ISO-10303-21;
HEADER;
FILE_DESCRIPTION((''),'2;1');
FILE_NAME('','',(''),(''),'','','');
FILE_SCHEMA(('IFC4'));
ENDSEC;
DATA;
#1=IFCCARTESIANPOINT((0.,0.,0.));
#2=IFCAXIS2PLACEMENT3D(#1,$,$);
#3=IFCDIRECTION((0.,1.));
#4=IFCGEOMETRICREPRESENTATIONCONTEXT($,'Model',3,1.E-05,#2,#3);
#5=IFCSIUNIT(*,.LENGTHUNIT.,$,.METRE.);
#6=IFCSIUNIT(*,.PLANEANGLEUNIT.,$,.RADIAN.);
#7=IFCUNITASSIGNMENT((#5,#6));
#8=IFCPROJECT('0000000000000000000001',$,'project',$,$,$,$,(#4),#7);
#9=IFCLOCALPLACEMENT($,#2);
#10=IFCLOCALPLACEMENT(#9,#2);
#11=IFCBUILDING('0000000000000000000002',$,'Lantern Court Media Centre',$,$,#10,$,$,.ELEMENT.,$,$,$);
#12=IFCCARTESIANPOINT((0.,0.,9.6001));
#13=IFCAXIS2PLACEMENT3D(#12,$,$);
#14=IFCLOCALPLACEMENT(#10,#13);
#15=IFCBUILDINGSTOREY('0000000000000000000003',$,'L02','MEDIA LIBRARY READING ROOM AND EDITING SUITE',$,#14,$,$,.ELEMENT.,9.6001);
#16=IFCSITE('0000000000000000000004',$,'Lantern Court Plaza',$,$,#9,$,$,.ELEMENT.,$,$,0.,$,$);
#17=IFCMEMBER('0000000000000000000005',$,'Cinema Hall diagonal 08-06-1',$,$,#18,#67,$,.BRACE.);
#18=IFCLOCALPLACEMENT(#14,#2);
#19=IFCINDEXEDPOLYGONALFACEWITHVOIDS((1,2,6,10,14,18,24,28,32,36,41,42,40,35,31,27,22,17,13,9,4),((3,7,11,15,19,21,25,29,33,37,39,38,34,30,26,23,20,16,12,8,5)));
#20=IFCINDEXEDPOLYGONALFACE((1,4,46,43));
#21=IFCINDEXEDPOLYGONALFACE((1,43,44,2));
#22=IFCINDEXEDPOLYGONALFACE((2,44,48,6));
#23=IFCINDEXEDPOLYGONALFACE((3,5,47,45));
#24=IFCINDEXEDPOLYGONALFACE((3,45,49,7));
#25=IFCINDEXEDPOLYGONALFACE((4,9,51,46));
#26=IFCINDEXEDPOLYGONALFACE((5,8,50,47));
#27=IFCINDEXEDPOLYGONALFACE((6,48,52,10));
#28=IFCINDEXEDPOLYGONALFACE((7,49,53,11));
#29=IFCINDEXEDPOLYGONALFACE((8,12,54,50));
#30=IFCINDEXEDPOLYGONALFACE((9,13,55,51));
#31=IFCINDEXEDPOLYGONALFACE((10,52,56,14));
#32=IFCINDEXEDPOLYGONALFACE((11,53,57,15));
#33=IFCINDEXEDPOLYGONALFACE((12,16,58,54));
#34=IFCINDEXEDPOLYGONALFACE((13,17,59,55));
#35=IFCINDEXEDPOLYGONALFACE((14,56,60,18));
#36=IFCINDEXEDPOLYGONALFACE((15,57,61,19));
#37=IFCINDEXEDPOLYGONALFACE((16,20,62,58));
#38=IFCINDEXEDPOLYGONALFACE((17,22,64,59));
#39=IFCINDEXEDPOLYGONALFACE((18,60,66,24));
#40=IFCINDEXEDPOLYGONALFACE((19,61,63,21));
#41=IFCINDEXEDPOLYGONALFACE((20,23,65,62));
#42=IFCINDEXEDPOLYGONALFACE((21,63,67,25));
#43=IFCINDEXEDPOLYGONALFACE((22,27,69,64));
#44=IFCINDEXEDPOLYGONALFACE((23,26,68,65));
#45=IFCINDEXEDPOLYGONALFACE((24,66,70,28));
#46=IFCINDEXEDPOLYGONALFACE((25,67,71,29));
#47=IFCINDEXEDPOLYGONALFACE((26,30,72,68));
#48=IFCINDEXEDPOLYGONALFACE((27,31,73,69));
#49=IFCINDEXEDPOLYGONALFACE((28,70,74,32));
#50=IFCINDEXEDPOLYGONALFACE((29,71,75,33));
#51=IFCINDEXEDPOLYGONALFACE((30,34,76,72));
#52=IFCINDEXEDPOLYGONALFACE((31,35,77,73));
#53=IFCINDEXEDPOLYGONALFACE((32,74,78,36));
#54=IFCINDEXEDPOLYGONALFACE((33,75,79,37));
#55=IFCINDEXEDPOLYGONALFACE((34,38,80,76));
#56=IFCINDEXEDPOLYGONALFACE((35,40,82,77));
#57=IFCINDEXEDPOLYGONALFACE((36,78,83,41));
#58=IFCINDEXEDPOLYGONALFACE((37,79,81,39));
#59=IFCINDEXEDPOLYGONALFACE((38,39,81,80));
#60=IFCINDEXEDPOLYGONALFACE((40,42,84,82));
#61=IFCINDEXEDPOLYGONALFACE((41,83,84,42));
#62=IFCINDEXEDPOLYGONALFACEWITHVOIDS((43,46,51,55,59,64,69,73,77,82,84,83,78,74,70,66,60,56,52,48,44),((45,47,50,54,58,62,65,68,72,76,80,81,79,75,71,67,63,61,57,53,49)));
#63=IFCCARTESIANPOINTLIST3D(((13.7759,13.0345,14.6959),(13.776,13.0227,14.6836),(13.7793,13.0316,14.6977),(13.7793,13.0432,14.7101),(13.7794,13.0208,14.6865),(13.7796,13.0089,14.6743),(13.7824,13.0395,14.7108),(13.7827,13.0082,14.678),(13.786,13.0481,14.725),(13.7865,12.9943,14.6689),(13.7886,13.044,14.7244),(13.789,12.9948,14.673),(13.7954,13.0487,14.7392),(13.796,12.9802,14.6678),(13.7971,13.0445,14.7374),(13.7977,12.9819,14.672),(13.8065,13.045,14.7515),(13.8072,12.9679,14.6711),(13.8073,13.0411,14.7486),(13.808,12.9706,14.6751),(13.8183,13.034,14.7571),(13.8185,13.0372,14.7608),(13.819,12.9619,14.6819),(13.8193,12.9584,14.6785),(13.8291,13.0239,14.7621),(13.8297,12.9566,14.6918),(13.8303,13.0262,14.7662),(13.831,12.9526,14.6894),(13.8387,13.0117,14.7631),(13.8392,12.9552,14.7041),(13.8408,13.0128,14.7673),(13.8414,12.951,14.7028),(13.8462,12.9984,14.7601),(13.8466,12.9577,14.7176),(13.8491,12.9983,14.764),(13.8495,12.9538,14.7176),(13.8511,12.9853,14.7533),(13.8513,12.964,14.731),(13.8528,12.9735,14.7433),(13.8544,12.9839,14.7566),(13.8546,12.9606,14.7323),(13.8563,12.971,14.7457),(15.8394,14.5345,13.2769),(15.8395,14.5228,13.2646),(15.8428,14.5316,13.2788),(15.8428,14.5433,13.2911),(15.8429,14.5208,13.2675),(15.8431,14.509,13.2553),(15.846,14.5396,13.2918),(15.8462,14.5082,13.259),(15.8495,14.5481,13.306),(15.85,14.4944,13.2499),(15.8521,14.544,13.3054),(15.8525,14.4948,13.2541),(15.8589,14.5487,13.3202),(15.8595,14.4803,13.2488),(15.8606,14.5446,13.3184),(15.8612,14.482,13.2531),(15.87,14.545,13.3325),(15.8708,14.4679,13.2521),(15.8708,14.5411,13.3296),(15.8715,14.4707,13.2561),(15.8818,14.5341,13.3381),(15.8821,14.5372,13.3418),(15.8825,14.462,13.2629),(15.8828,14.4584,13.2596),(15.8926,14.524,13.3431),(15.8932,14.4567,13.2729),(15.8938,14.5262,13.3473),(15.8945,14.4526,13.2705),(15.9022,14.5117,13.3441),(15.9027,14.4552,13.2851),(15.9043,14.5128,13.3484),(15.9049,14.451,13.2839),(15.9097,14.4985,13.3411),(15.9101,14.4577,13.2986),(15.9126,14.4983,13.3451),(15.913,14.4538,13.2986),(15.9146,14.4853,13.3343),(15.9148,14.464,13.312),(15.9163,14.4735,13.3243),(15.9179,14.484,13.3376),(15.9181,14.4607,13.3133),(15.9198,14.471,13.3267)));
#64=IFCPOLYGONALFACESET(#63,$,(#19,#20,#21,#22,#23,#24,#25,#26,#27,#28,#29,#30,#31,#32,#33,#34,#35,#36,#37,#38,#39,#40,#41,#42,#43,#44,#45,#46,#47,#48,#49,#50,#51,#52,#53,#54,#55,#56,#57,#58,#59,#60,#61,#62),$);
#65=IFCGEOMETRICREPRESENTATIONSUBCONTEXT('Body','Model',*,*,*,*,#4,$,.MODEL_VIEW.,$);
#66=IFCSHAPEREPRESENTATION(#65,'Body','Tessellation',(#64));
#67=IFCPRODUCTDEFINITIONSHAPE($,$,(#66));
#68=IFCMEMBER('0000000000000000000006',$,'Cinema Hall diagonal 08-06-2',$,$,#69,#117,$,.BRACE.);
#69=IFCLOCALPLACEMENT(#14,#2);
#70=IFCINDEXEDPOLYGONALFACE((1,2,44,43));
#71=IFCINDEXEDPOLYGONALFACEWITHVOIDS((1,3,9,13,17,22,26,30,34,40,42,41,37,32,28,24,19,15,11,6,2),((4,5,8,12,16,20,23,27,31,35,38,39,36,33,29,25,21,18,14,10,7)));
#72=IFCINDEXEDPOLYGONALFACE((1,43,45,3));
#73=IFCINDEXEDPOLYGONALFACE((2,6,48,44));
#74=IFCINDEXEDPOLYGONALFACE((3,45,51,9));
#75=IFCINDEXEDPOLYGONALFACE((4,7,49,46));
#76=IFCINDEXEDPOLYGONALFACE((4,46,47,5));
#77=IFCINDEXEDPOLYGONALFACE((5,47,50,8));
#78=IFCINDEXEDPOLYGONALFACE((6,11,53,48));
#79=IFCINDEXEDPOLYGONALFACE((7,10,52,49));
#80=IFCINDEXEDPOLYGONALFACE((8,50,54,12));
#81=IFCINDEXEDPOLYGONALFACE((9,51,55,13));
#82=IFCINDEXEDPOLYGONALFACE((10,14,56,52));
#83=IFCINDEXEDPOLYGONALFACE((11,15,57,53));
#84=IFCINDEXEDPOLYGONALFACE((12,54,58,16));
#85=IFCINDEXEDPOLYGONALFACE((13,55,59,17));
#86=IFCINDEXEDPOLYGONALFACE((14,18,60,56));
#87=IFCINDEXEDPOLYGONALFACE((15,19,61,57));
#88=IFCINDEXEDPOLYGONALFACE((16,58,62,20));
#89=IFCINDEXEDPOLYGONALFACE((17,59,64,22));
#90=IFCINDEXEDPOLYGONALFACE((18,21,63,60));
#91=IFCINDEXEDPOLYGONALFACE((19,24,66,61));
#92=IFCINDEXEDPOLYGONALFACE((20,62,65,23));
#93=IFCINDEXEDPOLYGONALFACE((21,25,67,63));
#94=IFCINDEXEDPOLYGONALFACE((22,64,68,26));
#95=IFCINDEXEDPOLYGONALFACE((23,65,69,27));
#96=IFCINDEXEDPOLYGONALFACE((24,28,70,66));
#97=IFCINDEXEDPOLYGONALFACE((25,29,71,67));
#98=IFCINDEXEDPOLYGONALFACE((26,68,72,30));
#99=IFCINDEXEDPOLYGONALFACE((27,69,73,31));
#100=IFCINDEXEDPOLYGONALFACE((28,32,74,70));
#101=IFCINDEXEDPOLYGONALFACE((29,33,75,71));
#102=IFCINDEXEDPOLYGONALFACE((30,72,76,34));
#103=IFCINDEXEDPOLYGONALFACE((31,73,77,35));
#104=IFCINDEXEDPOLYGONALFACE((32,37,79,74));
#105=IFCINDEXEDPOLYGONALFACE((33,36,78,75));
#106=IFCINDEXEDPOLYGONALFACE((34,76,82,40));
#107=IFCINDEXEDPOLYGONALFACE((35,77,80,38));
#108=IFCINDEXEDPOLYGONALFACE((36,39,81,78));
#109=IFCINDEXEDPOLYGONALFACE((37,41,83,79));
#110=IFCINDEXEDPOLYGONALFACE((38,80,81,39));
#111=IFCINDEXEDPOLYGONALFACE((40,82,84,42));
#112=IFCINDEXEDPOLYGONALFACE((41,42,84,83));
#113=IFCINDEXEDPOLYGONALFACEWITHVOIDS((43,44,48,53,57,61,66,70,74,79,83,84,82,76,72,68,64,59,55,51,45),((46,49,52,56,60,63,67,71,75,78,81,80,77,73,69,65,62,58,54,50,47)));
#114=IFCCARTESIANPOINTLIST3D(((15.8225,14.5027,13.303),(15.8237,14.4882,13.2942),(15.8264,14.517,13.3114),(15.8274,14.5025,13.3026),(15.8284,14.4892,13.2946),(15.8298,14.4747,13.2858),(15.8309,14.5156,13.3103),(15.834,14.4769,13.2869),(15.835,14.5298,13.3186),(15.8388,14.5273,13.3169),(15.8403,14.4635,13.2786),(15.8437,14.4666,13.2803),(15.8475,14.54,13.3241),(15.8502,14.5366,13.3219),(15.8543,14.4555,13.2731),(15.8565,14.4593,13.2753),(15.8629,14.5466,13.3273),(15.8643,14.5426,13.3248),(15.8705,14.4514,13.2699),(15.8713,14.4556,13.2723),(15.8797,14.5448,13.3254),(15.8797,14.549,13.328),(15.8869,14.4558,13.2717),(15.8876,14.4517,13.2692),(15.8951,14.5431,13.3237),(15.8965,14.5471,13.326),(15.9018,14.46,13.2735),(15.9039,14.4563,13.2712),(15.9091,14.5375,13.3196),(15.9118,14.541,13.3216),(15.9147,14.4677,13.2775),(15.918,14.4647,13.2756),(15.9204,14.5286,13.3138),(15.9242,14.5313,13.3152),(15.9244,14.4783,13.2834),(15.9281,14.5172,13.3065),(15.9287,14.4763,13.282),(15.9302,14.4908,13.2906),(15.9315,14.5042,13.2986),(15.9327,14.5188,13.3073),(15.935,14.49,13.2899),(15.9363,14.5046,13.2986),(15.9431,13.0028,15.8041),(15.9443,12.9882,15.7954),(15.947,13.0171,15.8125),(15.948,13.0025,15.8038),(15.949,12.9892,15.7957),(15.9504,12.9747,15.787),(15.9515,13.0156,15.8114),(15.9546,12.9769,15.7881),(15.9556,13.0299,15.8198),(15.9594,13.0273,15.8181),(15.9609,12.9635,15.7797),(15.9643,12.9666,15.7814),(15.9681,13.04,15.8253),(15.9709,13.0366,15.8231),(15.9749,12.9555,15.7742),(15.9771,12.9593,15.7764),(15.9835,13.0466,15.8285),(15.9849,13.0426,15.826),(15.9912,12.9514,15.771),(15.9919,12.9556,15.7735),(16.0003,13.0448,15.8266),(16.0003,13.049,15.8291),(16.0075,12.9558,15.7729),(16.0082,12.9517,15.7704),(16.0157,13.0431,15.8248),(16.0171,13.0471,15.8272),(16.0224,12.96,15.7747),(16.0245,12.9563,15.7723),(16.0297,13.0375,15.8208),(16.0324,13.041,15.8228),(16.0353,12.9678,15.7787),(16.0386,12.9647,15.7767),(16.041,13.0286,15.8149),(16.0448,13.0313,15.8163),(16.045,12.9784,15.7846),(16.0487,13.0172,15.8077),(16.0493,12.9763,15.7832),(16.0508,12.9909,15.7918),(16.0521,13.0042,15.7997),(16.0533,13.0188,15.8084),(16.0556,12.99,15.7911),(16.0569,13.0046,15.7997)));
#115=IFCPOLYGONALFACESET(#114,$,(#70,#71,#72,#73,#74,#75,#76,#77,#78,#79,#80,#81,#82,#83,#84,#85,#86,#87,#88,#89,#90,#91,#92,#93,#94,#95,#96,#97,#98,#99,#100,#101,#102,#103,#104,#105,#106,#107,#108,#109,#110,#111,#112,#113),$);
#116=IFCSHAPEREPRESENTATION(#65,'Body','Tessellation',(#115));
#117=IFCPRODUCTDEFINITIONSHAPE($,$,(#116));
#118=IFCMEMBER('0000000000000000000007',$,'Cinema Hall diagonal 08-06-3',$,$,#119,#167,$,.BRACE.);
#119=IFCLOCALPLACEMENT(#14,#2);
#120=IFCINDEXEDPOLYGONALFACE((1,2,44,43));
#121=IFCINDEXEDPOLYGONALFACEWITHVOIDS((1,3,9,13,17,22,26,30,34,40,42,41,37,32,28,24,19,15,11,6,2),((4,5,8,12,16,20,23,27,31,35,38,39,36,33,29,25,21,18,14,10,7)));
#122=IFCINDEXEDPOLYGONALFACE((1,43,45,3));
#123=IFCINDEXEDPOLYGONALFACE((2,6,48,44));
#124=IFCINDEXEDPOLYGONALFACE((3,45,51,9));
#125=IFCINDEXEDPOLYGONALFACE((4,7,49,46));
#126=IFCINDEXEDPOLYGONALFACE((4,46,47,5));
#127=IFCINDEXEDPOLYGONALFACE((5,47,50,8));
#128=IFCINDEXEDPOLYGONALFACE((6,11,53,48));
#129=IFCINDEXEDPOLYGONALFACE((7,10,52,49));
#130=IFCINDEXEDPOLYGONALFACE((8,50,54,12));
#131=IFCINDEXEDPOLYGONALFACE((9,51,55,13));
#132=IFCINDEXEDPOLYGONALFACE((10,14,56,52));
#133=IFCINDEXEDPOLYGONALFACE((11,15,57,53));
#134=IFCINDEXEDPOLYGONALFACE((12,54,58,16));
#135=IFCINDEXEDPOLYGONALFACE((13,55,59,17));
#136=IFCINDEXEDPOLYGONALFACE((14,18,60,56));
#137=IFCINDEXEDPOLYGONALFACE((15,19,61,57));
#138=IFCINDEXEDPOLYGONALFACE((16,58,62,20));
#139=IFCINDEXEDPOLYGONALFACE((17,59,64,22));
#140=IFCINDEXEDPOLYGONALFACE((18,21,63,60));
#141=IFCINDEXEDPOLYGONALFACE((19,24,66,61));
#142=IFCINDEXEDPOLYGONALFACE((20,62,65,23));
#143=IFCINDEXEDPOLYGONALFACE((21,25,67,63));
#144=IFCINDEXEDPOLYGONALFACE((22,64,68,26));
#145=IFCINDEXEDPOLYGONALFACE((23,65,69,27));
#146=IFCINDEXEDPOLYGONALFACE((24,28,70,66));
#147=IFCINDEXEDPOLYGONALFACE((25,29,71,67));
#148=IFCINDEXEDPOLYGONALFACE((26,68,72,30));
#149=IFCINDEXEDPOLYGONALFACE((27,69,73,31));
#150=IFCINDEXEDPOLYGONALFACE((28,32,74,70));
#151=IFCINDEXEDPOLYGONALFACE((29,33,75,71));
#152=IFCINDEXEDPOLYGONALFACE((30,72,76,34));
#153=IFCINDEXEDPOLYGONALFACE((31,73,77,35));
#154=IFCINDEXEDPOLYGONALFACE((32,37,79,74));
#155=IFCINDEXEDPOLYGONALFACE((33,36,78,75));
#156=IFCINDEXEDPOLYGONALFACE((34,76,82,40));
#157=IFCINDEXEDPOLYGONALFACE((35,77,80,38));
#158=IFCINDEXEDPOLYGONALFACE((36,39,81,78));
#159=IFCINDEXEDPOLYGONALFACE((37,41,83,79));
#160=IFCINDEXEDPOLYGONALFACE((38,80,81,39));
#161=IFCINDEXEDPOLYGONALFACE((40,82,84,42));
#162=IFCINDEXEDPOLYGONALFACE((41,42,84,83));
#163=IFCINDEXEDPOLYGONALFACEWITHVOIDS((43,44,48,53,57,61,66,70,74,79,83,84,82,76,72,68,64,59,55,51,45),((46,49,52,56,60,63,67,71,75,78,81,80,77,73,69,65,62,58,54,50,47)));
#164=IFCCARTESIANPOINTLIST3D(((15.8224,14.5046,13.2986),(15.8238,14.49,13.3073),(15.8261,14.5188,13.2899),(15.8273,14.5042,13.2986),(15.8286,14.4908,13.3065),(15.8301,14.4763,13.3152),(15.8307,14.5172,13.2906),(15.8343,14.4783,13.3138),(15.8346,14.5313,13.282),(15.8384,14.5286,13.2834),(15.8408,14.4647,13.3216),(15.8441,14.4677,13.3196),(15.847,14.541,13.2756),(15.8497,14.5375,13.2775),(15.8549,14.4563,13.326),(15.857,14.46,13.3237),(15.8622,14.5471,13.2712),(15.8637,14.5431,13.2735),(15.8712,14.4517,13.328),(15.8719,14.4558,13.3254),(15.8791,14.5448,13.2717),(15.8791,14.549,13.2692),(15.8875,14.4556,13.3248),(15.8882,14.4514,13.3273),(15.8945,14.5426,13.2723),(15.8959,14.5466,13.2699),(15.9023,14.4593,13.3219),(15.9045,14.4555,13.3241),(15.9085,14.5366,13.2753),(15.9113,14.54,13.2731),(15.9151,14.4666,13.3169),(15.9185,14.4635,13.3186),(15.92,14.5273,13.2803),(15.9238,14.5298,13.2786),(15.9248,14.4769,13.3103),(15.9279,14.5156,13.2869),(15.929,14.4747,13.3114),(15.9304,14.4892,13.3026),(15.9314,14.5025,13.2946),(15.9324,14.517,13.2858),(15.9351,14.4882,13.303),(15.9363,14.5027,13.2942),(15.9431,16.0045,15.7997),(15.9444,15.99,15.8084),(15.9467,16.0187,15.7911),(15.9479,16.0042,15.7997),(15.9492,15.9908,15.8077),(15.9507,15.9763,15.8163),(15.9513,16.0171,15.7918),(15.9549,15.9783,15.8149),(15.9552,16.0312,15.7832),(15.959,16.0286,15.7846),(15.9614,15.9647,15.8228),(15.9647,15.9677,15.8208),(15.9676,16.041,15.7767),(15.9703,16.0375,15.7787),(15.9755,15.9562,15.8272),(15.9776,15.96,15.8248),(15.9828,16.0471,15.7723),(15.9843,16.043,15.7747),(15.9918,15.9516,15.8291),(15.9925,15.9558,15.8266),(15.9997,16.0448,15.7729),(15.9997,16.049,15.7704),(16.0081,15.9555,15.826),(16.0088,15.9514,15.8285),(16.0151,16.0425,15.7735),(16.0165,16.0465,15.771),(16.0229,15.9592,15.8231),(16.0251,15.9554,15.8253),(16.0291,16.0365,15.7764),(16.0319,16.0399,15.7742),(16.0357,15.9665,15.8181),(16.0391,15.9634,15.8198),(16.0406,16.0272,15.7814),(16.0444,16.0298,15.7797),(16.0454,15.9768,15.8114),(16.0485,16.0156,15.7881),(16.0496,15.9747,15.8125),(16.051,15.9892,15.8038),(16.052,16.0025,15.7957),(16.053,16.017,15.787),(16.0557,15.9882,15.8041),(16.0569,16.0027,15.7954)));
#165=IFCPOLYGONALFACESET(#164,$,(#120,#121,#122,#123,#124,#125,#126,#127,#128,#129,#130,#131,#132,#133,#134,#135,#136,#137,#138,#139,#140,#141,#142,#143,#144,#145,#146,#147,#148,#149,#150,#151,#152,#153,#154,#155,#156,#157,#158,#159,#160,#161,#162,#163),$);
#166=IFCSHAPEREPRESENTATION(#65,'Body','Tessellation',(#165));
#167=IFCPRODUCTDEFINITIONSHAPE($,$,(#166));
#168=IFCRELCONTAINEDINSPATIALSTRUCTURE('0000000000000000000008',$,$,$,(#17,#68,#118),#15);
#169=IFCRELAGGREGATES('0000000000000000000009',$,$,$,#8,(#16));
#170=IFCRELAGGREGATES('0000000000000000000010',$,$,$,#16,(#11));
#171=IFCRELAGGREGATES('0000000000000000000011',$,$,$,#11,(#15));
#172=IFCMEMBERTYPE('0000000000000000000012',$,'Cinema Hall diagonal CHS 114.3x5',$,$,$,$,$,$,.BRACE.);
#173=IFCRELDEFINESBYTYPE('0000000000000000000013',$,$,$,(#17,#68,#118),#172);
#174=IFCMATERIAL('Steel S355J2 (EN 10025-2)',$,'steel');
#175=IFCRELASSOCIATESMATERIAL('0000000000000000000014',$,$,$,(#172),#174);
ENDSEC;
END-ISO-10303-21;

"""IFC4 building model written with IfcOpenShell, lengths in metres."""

from ifc_helpers import new_model, si_unit, direction, frame, origin, origin_2d, place, context, subcontext, project, spatial, hollow_circle, extrude, material, material_profile, profile_set, type_object, element, save


model = new_model("IFC4")

# Units and contexts
model_context = context("Model", 3, precision=1e-05, world=origin(), true_north=direction((0.0, 1.0)))
body_context = subcontext(model_context, "Body", "Model", "MODEL_VIEW")
ifc_project = project(units=[si_unit("LENGTHUNIT", "METRE"), si_unit("PLANEANGLEUNIT", "RADIAN")], contexts=[model_context])

# Site, building, storey
site_placement = place(None, origin())
site = spatial("IfcSite", under=ifc_project, at=site_placement, Name="Lantern Court Plaza", CompositionType="ELEMENT", RefElevation=0.0)
building_placement = place(site_placement, origin())
building = spatial("IfcBuilding", under=site, at=building_placement, Name="Lantern Court Media Centre", CompositionType="ELEMENT")
storey_placement = place(building_placement, frame((0.0, 0.0, 9.6001)))
storey = spatial("IfcBuildingStorey", under=building, at=storey_placement, Name="L02", Description="MEDIA LIBRARY READING ROOM AND EDITING SUITE", CompositionType="ELEMENT", Elevation=9.6001)

# Members
ifc_material = material(Name="Steel S355J2 (EN 10025-2)", Category="steel")
ifc_material_profile_1 = material_profile(ifc_material, hollow_circle(Radius=0.0571, WallThickness=0.0049, at=origin_2d()), Name="Cinema Hall diagonal CHS 114.3x5")
ifc_profile_set_1 = profile_set([ifc_material_profile_1], Name="Steel S355J2 (EN 10025-2)")
member_type_1 = type_object("IfcMemberType", Name="Cinema Hall diagonal CHS 114.3x5", PredefinedType="BRACE", material=ifc_profile_set_1)
member_1_placement = place(storey_placement, frame((15.8794, 14.5, 13.2986), z_axis=(-0.70688, -0.513851, 0.486084), x_axis=(0.58799, -0.808868, 0.0)))
element("IfcMember", 1, at=member_1_placement, inside=storey, type_object=member_type_1, Name="Cinema Hall diagonal 08-06-1", PredefinedType="BRACE", context=body_context, shape_type="SweptSolid", body=[
    extrude(hollow_circle(Radius=0.0571, WallThickness=0.0049, at=origin_2d()), origin(), (0.0, 0.0, 1.0), 2.9192),
])
for number, where, z_axis, x_axis, name in (
    (2, (15.8794, 14.5, 13.2986), (0.041317, -0.513872, 0.856871), (0.996783, 0.080145, 0.0), "Cinema Hall diagonal 08-06-2"),
    (3, (15.8794, 14.5, 13.2986), (0.041317, 0.513872, 0.856871), (-0.996783, 0.080145, 0.0), "Cinema Hall diagonal 08-06-3"),
):
    element("IfcMember", number, at=place(storey_placement, frame(where, z_axis=z_axis, x_axis=x_axis)), inside=storey, type_object=member_type_1, Name=name, PredefinedType="BRACE", context=body_context, shape_type="SweptSolid", body=[
        extrude(hollow_circle(Radius=0.0571, WallThickness=0.0049, at=origin_2d()), origin(), (0.0, 0.0, 1.0), 2.9189),
    ])

save(model, "model.ifc")
